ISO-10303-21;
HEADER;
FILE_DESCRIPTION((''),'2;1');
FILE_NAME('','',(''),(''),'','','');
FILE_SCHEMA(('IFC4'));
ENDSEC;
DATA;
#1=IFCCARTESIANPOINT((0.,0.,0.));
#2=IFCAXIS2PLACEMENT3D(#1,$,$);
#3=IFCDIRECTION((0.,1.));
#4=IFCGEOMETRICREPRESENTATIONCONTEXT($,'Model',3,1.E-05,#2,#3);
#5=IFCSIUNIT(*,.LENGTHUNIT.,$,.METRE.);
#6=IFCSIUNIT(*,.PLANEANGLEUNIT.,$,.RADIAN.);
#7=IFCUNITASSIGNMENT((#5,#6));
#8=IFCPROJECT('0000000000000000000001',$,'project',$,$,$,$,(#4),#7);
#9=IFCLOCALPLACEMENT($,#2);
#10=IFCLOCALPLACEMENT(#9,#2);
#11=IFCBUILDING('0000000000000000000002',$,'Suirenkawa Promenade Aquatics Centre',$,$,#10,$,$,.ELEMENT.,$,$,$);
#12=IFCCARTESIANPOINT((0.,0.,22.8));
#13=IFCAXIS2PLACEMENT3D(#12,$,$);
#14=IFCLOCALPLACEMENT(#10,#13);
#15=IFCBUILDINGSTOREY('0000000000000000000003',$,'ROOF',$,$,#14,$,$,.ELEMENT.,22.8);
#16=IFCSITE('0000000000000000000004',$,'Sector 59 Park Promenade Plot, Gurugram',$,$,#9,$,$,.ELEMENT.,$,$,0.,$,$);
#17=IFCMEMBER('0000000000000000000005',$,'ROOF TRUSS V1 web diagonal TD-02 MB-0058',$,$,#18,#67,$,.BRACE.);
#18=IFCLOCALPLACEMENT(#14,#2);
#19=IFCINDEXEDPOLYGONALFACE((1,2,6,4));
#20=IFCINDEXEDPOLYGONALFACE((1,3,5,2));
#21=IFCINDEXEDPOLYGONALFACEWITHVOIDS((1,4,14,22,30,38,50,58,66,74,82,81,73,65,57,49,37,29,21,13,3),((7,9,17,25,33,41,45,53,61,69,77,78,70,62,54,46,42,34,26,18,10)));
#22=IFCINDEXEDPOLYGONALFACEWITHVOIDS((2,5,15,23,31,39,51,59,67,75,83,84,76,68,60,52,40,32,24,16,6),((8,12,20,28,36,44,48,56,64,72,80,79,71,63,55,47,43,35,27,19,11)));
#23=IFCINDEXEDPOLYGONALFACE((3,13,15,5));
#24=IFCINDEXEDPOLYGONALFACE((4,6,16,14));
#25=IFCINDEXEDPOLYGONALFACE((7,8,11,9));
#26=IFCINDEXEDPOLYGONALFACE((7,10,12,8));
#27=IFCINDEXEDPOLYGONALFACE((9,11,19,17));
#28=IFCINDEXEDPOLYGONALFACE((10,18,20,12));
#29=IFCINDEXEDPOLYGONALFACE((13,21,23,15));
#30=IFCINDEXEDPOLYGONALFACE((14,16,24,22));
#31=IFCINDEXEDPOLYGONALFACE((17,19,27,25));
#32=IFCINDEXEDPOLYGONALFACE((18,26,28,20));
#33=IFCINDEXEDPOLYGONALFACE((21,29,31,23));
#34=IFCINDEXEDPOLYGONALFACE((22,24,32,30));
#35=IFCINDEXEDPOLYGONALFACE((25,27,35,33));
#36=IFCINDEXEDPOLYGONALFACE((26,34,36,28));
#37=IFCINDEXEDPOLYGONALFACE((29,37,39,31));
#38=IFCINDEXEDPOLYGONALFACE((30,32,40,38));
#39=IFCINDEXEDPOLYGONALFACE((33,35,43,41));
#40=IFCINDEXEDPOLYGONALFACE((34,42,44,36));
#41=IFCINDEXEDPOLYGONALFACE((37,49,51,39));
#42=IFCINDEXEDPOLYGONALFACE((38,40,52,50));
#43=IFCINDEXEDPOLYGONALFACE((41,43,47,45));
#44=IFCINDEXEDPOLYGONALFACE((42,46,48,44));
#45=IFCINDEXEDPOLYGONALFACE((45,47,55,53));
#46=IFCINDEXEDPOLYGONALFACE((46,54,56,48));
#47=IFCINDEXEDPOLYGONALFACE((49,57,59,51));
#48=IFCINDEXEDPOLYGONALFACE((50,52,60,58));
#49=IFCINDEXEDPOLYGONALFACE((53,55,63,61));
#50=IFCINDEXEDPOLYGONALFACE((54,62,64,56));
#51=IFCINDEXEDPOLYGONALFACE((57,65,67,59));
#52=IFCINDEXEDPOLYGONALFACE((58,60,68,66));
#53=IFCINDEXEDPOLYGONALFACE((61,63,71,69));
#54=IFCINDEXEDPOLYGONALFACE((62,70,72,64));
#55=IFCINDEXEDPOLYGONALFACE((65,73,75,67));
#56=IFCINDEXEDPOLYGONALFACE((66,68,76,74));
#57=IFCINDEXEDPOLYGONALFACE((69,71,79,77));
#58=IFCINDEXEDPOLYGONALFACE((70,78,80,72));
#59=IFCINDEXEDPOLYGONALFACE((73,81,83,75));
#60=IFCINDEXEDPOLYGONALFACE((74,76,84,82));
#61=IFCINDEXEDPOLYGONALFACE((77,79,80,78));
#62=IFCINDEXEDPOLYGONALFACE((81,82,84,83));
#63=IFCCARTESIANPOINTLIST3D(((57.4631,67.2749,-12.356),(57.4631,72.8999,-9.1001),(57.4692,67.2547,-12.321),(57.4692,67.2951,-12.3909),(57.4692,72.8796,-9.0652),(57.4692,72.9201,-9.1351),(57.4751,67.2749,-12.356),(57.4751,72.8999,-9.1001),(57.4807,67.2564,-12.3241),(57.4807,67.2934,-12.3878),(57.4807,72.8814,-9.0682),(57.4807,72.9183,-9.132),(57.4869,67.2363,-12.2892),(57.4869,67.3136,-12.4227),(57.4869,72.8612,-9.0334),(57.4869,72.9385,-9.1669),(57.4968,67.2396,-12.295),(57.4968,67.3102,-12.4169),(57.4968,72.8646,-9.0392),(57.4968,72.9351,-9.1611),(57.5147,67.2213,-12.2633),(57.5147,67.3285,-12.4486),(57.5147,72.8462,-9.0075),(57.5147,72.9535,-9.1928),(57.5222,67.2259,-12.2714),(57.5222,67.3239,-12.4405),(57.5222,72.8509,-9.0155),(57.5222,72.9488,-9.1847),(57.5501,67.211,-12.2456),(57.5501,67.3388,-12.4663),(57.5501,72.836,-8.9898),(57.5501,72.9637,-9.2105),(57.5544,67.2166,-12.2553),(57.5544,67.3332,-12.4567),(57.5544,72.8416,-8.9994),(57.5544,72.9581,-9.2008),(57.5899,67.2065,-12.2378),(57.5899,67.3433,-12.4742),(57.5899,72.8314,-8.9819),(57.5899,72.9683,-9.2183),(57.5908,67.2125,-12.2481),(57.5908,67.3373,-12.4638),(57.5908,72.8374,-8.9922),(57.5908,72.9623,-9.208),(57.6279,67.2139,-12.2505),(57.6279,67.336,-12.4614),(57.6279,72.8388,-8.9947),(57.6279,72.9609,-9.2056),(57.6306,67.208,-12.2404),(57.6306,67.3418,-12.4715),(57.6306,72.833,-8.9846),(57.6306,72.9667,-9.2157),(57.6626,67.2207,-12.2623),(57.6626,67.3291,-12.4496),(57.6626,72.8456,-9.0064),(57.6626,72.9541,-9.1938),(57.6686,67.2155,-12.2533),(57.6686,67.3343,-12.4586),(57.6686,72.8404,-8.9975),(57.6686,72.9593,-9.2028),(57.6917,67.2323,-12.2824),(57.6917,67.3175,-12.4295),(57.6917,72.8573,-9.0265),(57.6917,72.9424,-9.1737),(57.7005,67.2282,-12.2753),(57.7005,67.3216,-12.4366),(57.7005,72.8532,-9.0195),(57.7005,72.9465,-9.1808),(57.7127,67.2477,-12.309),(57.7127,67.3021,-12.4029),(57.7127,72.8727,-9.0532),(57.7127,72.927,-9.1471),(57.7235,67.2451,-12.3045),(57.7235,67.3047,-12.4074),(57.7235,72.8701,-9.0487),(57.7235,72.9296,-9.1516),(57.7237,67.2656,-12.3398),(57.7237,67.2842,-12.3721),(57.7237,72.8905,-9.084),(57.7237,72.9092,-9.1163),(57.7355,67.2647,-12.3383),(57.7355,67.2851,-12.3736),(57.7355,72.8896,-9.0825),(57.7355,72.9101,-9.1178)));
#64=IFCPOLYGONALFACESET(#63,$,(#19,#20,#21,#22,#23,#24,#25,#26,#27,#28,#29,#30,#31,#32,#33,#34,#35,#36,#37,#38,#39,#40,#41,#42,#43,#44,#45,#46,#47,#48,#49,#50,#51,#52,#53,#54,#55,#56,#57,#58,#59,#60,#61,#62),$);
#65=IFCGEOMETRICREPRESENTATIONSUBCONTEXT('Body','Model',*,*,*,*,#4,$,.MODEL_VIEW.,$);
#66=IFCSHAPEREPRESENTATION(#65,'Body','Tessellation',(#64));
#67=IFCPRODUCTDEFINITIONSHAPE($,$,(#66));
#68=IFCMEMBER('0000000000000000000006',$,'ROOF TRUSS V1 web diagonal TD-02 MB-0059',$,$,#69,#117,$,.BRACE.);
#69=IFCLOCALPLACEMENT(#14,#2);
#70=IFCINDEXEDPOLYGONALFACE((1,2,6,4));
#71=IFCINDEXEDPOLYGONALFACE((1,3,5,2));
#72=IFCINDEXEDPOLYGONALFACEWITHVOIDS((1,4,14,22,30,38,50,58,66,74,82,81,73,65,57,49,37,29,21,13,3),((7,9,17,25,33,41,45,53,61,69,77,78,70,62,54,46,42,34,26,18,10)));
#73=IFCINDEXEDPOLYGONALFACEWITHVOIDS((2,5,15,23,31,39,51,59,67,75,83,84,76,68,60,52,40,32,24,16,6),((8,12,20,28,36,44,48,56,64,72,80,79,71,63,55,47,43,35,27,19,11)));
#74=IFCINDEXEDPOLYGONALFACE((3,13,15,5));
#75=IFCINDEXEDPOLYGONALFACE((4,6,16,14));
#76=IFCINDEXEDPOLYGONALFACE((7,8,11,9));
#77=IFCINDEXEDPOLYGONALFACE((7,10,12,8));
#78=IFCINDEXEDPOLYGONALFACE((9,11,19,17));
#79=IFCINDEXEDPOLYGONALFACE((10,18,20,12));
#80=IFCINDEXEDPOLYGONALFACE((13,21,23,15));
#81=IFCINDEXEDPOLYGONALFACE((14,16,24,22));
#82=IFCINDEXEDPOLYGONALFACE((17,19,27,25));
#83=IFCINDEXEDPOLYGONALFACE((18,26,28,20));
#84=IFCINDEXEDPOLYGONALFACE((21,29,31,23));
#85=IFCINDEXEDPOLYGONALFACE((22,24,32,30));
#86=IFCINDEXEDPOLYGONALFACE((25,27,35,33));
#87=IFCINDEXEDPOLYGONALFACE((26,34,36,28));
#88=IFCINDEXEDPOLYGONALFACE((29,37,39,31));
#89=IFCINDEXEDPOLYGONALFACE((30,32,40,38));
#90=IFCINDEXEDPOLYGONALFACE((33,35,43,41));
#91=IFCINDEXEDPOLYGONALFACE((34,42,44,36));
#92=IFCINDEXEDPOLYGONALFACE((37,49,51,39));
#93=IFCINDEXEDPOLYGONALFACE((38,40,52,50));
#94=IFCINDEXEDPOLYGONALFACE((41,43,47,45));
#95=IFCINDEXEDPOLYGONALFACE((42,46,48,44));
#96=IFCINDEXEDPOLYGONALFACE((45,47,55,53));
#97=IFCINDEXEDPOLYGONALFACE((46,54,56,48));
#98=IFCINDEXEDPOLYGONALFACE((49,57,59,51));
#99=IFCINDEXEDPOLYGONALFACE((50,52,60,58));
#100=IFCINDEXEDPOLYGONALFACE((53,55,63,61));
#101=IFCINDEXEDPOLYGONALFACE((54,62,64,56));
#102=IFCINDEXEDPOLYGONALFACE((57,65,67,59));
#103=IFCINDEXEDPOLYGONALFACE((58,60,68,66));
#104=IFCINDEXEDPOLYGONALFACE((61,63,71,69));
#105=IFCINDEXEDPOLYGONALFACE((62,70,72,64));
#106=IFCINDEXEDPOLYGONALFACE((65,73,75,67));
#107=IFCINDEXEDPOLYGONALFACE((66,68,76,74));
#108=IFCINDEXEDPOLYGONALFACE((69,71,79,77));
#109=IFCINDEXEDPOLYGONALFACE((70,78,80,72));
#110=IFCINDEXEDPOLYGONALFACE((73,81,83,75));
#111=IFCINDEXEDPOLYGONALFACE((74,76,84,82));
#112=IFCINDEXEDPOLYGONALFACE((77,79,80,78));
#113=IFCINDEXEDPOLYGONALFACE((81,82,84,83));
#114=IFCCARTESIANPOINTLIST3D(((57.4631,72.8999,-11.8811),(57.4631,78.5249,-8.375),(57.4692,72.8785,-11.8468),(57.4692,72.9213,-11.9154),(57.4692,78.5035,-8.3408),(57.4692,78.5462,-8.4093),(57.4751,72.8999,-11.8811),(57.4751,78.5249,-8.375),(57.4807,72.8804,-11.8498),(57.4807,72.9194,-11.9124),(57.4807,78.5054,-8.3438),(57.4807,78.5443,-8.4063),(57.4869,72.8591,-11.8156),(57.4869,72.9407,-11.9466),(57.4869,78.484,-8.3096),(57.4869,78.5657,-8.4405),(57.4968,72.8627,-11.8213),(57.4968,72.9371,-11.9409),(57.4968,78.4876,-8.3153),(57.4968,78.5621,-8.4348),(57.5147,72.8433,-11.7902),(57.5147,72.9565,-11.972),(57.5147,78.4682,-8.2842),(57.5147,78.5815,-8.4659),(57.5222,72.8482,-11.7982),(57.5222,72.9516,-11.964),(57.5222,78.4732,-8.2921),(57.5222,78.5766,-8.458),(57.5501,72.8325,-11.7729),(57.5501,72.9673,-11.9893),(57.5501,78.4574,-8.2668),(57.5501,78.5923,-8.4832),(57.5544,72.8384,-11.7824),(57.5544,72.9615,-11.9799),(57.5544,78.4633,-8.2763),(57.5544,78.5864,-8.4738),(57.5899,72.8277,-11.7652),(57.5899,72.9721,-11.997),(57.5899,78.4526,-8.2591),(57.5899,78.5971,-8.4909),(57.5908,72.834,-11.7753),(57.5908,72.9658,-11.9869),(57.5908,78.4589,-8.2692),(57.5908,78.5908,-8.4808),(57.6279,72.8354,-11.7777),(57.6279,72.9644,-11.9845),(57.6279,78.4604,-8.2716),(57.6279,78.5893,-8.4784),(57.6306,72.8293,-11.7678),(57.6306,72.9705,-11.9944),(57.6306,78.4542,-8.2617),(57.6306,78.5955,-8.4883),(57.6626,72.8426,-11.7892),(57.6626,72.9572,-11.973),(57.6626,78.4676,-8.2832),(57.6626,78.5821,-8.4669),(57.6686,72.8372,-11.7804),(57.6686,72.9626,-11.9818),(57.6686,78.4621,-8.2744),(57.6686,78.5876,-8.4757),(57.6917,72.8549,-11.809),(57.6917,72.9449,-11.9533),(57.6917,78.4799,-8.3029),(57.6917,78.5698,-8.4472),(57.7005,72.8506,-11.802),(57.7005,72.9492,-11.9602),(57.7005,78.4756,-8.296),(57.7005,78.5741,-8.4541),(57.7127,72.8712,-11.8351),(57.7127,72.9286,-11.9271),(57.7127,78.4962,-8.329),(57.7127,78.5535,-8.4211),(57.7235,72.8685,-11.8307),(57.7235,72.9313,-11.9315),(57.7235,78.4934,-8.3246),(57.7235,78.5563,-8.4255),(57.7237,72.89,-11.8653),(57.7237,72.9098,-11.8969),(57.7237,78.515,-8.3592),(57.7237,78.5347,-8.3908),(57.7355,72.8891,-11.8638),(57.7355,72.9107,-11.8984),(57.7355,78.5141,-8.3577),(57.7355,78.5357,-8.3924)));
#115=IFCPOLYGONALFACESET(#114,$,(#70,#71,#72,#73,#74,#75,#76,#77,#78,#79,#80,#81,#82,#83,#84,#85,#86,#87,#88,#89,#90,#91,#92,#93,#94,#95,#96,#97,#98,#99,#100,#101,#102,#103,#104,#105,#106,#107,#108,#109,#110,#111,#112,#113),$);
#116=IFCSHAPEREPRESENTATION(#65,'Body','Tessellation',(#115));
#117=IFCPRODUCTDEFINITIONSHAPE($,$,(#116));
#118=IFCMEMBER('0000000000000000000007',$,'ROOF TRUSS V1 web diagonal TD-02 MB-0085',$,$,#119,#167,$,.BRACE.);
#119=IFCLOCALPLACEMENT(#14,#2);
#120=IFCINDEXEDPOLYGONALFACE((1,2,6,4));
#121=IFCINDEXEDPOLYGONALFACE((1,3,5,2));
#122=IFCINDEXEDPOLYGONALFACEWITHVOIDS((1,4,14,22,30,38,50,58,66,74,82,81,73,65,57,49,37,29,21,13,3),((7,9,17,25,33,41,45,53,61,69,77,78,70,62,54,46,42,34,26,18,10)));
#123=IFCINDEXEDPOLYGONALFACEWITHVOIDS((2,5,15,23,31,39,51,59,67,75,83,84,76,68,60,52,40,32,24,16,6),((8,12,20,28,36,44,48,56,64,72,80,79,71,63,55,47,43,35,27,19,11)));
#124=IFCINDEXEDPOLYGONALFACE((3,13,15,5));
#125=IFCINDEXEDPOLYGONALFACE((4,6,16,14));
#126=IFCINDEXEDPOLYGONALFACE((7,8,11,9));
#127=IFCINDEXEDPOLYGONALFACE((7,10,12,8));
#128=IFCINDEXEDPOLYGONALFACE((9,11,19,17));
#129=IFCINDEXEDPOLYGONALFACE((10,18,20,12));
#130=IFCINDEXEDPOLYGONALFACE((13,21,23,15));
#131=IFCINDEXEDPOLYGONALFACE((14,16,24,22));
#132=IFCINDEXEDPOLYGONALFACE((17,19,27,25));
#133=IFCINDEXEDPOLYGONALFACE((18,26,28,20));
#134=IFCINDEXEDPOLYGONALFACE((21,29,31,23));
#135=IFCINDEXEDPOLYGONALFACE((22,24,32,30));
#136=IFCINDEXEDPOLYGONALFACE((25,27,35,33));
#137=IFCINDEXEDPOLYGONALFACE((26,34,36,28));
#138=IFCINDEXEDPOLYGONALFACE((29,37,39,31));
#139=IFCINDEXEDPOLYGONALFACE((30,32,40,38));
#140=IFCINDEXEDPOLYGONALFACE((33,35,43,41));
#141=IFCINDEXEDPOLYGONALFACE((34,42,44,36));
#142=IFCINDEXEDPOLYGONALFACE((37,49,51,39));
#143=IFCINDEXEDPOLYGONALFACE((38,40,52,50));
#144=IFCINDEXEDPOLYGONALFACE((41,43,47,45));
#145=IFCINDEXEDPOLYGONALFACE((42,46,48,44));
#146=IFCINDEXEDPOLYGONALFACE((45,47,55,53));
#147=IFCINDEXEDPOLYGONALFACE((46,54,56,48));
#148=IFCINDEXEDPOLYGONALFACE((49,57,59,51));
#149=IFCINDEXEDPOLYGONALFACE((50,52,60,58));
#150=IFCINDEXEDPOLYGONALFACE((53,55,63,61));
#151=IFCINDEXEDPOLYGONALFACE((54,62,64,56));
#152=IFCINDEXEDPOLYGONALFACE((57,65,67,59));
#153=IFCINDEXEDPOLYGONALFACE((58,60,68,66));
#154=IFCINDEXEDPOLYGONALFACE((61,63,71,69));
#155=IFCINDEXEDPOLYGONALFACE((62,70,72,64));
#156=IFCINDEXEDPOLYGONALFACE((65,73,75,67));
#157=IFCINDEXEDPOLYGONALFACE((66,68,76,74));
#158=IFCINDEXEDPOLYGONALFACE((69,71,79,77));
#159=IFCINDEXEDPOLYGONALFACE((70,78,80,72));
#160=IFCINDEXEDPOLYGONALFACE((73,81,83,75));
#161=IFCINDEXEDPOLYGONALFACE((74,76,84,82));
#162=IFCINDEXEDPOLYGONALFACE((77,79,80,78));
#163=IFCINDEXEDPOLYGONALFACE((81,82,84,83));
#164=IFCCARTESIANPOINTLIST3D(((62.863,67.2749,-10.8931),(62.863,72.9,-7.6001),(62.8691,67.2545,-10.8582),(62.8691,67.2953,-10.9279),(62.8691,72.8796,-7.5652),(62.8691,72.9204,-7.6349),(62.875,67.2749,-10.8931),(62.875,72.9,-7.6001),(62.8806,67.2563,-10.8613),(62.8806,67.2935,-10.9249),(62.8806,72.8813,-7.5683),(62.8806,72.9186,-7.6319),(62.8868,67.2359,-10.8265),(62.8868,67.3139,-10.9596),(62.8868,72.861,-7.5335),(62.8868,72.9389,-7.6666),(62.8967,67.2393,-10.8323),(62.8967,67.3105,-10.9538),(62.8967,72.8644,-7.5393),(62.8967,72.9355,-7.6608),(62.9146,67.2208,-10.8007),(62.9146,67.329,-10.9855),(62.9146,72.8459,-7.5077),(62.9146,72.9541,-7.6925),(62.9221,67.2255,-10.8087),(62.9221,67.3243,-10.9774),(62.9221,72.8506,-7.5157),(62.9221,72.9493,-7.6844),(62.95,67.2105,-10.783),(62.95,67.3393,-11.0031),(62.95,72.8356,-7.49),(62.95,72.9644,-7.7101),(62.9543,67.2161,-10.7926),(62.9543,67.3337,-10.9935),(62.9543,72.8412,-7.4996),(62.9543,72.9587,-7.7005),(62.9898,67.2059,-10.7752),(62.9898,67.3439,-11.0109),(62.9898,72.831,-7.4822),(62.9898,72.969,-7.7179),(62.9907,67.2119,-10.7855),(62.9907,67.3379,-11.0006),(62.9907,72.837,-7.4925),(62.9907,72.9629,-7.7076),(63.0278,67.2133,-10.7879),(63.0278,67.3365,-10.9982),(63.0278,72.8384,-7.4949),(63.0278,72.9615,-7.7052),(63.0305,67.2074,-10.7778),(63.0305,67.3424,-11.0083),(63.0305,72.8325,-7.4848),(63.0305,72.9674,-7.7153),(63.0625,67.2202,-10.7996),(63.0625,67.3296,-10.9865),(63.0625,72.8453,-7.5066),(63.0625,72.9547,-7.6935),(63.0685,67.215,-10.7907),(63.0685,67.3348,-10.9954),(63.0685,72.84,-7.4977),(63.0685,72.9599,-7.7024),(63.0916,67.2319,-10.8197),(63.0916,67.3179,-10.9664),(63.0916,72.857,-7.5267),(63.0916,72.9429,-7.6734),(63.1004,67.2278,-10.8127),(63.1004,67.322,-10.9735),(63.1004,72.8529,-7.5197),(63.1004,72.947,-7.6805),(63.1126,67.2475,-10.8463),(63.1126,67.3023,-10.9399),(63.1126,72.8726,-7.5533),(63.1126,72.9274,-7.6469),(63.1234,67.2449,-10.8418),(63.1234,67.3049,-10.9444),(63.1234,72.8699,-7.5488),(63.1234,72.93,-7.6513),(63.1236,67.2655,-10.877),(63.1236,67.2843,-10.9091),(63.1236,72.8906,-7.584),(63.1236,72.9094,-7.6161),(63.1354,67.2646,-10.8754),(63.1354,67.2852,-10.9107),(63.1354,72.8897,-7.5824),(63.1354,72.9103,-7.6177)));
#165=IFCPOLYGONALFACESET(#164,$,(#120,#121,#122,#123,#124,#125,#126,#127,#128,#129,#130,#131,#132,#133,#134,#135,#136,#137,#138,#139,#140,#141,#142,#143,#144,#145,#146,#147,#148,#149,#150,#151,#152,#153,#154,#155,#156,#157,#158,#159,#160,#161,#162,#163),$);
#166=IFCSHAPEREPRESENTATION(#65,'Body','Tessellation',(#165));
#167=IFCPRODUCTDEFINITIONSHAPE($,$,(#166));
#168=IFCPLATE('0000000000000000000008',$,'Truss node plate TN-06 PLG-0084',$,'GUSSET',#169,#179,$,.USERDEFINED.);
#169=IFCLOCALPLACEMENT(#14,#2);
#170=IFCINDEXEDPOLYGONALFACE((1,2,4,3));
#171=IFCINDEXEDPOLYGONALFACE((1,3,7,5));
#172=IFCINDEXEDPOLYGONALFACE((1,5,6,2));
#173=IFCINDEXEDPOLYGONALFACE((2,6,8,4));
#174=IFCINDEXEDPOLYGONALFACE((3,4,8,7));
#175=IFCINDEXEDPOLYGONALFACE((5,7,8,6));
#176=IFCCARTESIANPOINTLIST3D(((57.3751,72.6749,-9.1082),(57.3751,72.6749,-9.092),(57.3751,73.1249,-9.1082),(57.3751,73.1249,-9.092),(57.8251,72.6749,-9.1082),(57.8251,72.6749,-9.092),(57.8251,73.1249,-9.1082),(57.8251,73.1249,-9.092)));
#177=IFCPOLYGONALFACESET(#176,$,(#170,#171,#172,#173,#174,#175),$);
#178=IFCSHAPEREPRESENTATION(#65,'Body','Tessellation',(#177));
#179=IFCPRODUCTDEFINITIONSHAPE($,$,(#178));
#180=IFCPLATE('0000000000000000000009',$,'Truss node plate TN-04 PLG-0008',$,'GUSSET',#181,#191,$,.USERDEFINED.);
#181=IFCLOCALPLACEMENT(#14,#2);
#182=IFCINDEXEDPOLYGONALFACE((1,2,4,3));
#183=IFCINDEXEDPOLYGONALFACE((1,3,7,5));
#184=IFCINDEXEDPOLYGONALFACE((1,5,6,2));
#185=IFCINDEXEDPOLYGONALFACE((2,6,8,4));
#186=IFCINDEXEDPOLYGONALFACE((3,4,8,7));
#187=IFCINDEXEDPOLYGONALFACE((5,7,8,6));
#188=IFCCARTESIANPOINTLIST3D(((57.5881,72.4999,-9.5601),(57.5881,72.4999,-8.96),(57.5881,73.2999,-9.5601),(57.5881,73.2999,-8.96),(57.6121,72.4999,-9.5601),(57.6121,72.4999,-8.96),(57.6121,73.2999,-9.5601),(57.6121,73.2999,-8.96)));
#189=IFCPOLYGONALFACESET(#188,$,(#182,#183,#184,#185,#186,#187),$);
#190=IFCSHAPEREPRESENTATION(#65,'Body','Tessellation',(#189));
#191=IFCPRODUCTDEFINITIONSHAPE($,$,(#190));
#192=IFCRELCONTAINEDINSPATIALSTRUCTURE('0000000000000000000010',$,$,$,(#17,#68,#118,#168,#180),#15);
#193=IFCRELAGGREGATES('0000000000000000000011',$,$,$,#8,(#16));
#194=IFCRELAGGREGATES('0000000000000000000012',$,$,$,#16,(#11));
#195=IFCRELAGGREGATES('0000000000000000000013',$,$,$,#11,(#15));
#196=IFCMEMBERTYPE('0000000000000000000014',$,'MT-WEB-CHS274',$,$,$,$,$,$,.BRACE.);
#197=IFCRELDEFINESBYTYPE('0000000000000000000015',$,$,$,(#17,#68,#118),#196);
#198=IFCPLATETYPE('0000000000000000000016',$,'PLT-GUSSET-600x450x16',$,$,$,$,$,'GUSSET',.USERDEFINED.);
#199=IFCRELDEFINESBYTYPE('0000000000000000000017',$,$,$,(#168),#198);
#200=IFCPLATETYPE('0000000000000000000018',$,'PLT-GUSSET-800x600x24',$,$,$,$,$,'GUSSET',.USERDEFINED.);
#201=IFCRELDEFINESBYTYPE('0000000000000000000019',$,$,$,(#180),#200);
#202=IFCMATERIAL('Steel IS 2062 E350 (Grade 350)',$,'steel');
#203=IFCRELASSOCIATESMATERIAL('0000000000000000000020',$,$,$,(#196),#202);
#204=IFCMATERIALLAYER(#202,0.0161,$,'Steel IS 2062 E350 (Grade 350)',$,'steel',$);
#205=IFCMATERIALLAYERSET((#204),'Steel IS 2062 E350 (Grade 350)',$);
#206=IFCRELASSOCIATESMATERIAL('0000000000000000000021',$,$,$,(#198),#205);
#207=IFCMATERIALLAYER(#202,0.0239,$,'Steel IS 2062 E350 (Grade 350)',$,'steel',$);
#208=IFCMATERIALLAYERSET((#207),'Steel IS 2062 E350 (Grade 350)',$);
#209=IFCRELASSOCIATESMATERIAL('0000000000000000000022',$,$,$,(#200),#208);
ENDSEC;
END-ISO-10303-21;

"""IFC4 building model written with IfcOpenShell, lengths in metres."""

from ifc_helpers import new_model, si_unit, direction, frame, origin, origin_2d, place, context, subcontext, project, spatial, rectangle, hollow_circle, extrude, material, layer, layer_set, material_profile, profile_set, type_object, element, save


model = new_model("IFC4")

# Units and contexts
model_context = context("Model", 3, precision=1e-05, world=origin(), true_north=direction((0.0, 1.0)))
body_context = subcontext(model_context, "Body", "Model", "MODEL_VIEW")
ifc_project = project(units=[si_unit("LENGTHUNIT", "METRE"), si_unit("PLANEANGLEUNIT", "RADIAN")], contexts=[model_context])

# Site, building, storey
site_placement = place(None, origin())
site = spatial("IfcSite", under=ifc_project, at=site_placement, Name="Sector 59 Park Promenade Plot, Gurugram", CompositionType="ELEMENT", RefElevation=0.0)
building_placement = place(site_placement, origin())
building = spatial("IfcBuilding", under=site, at=building_placement, Name="Suirenkawa Promenade Aquatics Centre", CompositionType="ELEMENT")
storey_placement = place(building_placement, frame((0.0, 0.0, 22.8)))
storey = spatial("IfcBuildingStorey", under=building, at=storey_placement, Name="ROOF", CompositionType="ELEMENT", Elevation=22.8)

# Shared definitions
ifc_material = material(Name="Steel IS 2062 E350 (Grade 350)", Category="steel")

# Members
ifc_material_profile_1 = material_profile(ifc_material, hollow_circle(Radius=0.137, WallThickness=0.012, at=origin_2d()), Name="CHS 274x12", Category="steel")
ifc_profile_set_1 = profile_set([ifc_material_profile_1], Name="Steel IS 2062 E350 (Grade 350)")
member_type_1 = type_object("IfcMemberType", Name="MT-WEB-CHS274", PredefinedType="BRACE", material=ifc_profile_set_1)
member_1_placement = place(storey_placement, frame((57.6001, 67.2749, -12.356), z_axis=(0.0, 0.865474, 0.500953), x_axis=(-1.0, 0.0, 0.0)))
element("IfcMember", 1, at=member_1_placement, inside=storey, type_object=member_type_1, Name="ROOF TRUSS V1 web diagonal TD-02 MB-0058", PredefinedType="BRACE", context=body_context, shape_type="SweptSolid", body=[
    extrude(hollow_circle(Radius=0.137, WallThickness=0.012, at=origin_2d()), origin(), (0.0, 0.0, 1.0), 6.4993),
])
member_2_placement = place(storey_placement, frame((57.6001, 72.8999, -11.8811), z_axis=(0.0, 0.848643, 0.528966), x_axis=(-1.0, 0.0, 0.0)))
element("IfcMember", 2, at=member_2_placement, inside=storey, type_object=member_type_1, Name="ROOF TRUSS V1 web diagonal TD-02 MB-0059", PredefinedType="BRACE", context=body_context, shape_type="SweptSolid", body=[
    extrude(hollow_circle(Radius=0.137, WallThickness=0.012, at=origin_2d()), origin(), (0.0, 0.0, 1.0), 6.6282),
])
member_3_placement = place(storey_placement, frame((63.0, 67.2749, -10.8931), z_axis=(0.0, 0.862995, 0.505212), x_axis=(-1.0, 0.0, 0.0)))
element("IfcMember", 3, at=member_3_placement, inside=storey, type_object=member_type_1, Name="ROOF TRUSS V1 web diagonal TD-02 MB-0085", PredefinedType="BRACE", context=body_context, shape_type="SweptSolid", body=[
    extrude(hollow_circle(Radius=0.137, WallThickness=0.012, at=origin_2d()), origin(), (0.0, 0.0, 1.0), 6.5181),
])

# Plates
ifc_layer_1 = layer(ifc_material, 0.0161, Name="Steel IS 2062 E350 (Grade 350)", Category="steel")
ifc_layer_set_1 = layer_set([ifc_layer_1], Name="Steel IS 2062 E350 (Grade 350)")
plate_type_1 = type_object("IfcPlateType", Name="PLT-GUSSET-600x450x16", ElementType="GUSSET", PredefinedType="USERDEFINED", material=ifc_layer_set_1)
plate_1_placement = place(storey_placement, frame((57.6001, 72.8999, -9.1082), z_axis=(0.0, 0.0, 1.0), x_axis=(1.0, 0.0, 0.0)))
element("IfcPlate", 4, at=plate_1_placement, inside=storey, type_object=plate_type_1, Name="Truss node plate TN-06 PLG-0084", ObjectType="GUSSET", PredefinedType="USERDEFINED", context=body_context, shape_type="SweptSolid", body=[
    extrude(rectangle(XDim=0.45, YDim=0.45, at=origin_2d()), origin(), (0.0, 0.0, 1.0), 0.0161),
])
ifc_layer_2 = layer(ifc_material, 0.0239, Name="Steel IS 2062 E350 (Grade 350)", Category="steel")
ifc_layer_set_2 = layer_set([ifc_layer_2], Name="Steel IS 2062 E350 (Grade 350)")
plate_type_2 = type_object("IfcPlateType", Name="PLT-GUSSET-800x600x24", ElementType="GUSSET", PredefinedType="USERDEFINED", material=ifc_layer_set_2)
plate_2_placement = place(storey_placement, frame((57.6001, 72.8999, -9.5601), z_axis=(0.0, 0.0, 1.0), x_axis=(0.0, 1.0, 0.0)))
element("IfcPlate", 5, at=plate_2_placement, inside=storey, type_object=plate_type_2, Name="Truss node plate TN-04 PLG-0008", ObjectType="GUSSET", PredefinedType="USERDEFINED", context=body_context, shape_type="SweptSolid", body=[
    extrude(rectangle(XDim=0.8, YDim=0.0239, at=origin_2d()), origin(), (0.0, 0.0, 1.0), 0.6001),
])

save(model, "model.ifc")
